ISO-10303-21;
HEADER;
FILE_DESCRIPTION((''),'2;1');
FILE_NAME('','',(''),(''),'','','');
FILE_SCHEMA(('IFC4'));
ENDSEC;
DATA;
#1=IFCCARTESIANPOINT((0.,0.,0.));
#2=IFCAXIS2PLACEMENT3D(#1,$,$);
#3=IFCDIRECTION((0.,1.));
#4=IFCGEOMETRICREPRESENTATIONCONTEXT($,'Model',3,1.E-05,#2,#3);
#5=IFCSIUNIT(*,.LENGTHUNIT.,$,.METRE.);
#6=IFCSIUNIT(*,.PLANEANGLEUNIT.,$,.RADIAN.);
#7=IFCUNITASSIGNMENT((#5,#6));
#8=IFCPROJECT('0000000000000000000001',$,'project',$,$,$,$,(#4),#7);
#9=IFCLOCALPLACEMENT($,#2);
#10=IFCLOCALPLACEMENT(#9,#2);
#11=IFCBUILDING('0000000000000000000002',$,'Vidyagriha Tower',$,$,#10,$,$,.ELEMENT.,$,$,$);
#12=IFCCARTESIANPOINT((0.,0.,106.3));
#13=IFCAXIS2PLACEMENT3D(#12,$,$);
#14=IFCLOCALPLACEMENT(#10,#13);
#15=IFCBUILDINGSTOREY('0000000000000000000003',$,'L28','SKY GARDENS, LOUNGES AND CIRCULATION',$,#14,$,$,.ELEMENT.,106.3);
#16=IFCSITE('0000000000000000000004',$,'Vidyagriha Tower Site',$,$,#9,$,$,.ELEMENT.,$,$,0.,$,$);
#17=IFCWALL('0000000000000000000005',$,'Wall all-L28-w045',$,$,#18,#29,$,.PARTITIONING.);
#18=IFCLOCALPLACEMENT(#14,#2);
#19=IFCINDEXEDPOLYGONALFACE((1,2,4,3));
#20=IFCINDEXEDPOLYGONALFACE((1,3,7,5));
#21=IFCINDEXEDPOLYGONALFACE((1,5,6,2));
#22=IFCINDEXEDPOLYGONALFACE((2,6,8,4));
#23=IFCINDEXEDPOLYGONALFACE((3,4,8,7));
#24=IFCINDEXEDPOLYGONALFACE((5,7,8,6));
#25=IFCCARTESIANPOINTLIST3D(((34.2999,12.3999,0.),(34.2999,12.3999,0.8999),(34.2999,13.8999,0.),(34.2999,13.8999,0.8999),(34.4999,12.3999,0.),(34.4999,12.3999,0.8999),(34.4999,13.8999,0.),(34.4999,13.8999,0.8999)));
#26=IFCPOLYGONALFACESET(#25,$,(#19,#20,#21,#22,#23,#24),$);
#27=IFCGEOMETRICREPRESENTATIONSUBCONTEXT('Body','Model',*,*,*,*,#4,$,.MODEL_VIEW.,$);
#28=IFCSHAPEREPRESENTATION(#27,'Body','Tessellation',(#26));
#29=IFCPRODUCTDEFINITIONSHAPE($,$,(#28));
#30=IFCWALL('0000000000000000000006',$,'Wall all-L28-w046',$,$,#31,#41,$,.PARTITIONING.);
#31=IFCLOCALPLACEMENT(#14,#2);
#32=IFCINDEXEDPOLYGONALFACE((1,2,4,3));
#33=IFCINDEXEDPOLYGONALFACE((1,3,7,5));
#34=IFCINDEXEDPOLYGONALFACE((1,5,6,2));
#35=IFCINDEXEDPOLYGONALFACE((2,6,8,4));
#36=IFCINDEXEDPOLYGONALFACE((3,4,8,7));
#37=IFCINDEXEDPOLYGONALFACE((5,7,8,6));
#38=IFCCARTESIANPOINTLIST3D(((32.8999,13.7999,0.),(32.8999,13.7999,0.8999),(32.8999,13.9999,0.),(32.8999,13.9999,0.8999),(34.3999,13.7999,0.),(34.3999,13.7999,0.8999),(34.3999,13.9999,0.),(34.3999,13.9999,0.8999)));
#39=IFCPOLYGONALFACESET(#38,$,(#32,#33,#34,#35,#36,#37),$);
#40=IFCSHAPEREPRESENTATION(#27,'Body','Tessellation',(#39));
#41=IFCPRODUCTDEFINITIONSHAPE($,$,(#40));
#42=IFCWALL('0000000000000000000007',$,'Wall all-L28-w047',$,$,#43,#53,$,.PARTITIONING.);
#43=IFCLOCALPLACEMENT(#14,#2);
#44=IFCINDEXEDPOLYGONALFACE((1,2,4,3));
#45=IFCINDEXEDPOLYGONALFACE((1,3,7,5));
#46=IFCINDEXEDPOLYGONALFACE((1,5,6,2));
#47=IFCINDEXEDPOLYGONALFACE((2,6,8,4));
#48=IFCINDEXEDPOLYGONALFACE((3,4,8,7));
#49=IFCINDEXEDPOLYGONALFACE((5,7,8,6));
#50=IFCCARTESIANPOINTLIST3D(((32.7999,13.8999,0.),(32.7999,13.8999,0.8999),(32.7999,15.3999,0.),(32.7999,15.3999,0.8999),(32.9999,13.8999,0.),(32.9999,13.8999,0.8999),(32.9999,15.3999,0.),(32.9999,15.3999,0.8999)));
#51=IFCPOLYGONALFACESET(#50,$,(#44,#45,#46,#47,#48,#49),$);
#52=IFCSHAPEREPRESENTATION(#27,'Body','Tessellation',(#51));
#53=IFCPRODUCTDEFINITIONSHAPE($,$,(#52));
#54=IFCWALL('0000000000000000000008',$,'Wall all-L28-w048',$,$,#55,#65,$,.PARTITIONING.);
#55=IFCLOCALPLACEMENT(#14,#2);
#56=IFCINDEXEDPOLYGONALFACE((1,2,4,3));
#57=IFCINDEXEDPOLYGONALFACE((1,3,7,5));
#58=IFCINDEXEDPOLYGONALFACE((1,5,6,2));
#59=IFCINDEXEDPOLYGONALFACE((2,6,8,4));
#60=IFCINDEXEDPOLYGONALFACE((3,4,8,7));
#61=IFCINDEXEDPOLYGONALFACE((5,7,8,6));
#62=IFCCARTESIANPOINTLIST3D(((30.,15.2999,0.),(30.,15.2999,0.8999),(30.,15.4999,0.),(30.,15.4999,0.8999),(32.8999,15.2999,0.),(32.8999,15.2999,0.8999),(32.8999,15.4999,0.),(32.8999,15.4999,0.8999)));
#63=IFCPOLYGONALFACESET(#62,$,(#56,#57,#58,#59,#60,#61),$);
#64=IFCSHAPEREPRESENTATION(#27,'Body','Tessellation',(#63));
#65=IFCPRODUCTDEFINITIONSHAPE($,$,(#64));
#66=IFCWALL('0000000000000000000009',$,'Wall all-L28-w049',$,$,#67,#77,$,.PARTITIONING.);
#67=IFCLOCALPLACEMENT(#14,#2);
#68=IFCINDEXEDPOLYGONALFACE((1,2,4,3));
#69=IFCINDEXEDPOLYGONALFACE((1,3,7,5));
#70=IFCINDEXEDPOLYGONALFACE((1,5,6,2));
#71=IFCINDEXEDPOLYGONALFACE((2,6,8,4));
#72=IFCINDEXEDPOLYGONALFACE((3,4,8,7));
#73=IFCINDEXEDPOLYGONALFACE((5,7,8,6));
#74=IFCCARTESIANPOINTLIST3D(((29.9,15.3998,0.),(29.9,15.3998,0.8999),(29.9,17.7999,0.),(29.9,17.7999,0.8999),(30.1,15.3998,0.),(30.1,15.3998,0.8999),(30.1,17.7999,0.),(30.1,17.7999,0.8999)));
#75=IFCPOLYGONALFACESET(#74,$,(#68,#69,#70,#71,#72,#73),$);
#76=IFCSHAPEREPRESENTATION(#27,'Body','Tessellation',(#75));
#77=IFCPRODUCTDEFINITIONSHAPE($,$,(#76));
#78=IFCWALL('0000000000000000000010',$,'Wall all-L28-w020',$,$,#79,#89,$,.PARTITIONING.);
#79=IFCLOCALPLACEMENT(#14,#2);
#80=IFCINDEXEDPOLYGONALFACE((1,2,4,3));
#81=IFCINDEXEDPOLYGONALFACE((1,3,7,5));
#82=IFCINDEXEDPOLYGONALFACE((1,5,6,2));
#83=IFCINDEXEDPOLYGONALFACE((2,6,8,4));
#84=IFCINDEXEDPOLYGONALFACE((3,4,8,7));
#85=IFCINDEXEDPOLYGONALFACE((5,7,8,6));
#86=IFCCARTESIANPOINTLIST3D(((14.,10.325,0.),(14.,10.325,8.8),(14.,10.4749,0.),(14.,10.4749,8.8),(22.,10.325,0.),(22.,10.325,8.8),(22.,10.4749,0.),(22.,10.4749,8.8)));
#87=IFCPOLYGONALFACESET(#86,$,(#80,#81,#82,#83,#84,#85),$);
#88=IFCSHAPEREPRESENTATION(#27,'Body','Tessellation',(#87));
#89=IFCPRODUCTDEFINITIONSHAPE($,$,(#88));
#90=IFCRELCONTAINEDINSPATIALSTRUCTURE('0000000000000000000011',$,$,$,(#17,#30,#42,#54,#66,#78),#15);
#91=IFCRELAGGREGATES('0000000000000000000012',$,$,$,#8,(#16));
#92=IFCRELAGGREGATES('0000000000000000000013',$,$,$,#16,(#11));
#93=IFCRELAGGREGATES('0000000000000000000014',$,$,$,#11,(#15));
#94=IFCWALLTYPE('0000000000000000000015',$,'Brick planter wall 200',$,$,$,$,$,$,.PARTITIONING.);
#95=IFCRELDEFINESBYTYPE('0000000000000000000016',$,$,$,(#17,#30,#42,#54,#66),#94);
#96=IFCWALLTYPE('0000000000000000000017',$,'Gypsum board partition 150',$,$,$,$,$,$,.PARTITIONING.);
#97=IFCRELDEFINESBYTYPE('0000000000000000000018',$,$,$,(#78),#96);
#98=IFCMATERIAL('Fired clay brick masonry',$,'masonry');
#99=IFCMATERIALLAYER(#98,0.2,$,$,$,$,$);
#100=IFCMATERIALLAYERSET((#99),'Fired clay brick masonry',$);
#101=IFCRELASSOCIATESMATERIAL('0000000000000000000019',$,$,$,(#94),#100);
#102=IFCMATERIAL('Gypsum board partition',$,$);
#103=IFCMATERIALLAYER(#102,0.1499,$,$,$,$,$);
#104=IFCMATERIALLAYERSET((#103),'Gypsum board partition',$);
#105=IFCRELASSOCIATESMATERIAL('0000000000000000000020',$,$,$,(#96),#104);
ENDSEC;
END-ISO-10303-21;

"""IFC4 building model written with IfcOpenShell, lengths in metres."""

from ifc_helpers import new_model, si_unit, direction, frame, frame_2d, origin, place, context, subcontext, project, spatial, rectangle, extrude, material, layer, layer_set, type_object, element, save


model = new_model("IFC4")

# Units and contexts
model_context = context("Model", 3, precision=1e-05, world=origin(), true_north=direction((0.0, 1.0)))
body_context = subcontext(model_context, "Body", "Model", "MODEL_VIEW")
ifc_project = project(units=[si_unit("LENGTHUNIT", "METRE"), si_unit("PLANEANGLEUNIT", "RADIAN")], contexts=[model_context])

# Site, building, storey
site_placement = place(None, origin())
site = spatial("IfcSite", under=ifc_project, at=site_placement, Name="Vidyagriha Tower Site", CompositionType="ELEMENT", RefElevation=0.0)
building_placement = place(site_placement, origin())
building = spatial("IfcBuilding", under=site, at=building_placement, Name="Vidyagriha Tower", CompositionType="ELEMENT")
storey_placement = place(building_placement, frame((0.0, 0.0, 106.3)))
storey = spatial("IfcBuildingStorey", under=building, at=storey_placement, Name="L28", Description="SKY GARDENS, LOUNGES AND CIRCULATION", CompositionType="ELEMENT", Elevation=106.3)

# Walls
ifc_material_1 = material(Name="Fired clay brick masonry", Category="masonry")
ifc_layer_1 = layer(ifc_material_1, 0.2)
ifc_layer_set_1 = layer_set([ifc_layer_1], Name="Fired clay brick masonry")
wall_type_1 = type_object("IfcWallType", Name="Brick planter wall 200", PredefinedType="PARTITIONING", material=ifc_layer_set_1)
wall_1_placement = place(storey_placement, frame((34.3999, 13.8999, 0.0), z_axis=(0.0, 0.0, 1.0), x_axis=(0.0, -1.0, 0.0)))
element("IfcWall", 1, at=wall_1_placement, inside=storey, type_object=wall_type_1, Name="Wall all-L28-w045", PredefinedType="PARTITIONING", context=body_context, shape_type="SweptSolid", body=[
    extrude(rectangle(XDim=1.5, YDim=0.2, at=frame_2d((0.75, 0.0))), origin(), (0.0, 0.0, 1.0), 0.8999),
])
wall_2_placement = place(storey_placement, frame((32.8999, 13.8999, 0.0)))
element("IfcWall", 2, at=wall_2_placement, inside=storey, type_object=wall_type_1, Name="Wall all-L28-w046", PredefinedType="PARTITIONING", context=body_context, shape_type="SweptSolid", body=[
    extrude(rectangle(XDim=1.5, YDim=0.2, at=frame_2d((0.75, 0.0))), origin(), (0.0, 0.0, 1.0), 0.8999),
])
wall_3_placement = place(storey_placement, frame((32.8999, 15.3999, 0.0), z_axis=(0.0, 0.0, 1.0), x_axis=(0.0, -1.0, 0.0)))
element("IfcWall", 3, at=wall_3_placement, inside=storey, type_object=wall_type_1, Name="Wall all-L28-w047", PredefinedType="PARTITIONING", context=body_context, shape_type="SweptSolid", body=[
    extrude(rectangle(XDim=1.5, YDim=0.2, at=frame_2d((0.75, 0.0))), origin(), (0.0, 0.0, 1.0), 0.8999),
])
wall_4_placement = place(storey_placement, frame((32.8999, 15.3999, 0.0), z_axis=(0.0, 0.0, 1.0), x_axis=(-1.0, 0.0, 0.0)))
element("IfcWall", 4, at=wall_4_placement, inside=storey, type_object=wall_type_1, Name="Wall all-L28-w048", PredefinedType="PARTITIONING", context=body_context, shape_type="SweptSolid", body=[
    extrude(rectangle(XDim=2.8999, YDim=0.2, at=frame_2d((1.45, 0.0))), origin(), (0.0, 0.0, 1.0), 0.8999),
])
wall_5_placement = place(storey_placement, frame((30.0, 17.8, 0.0), z_axis=(0.0, 0.0, 1.0), x_axis=(0.0, -1.0, 0.0)))
element("IfcWall", 5, at=wall_5_placement, inside=storey, type_object=wall_type_1, Name="Wall all-L28-w049", PredefinedType="PARTITIONING", context=body_context, shape_type="SweptSolid", body=[
    extrude(rectangle(XDim=2.4001, YDim=0.2, at=frame_2d((1.2002, 0.0))), origin(), (0.0, 0.0, 1.0), 0.8999),
])
ifc_material_2 = material(Name="Gypsum board partition")
ifc_layer_2 = layer(ifc_material_2, 0.1499)
ifc_layer_set_2 = layer_set([ifc_layer_2], Name="Gypsum board partition")
wall_type_2 = type_object("IfcWallType", Name="Gypsum board partition 150", PredefinedType="PARTITIONING", material=ifc_layer_set_2)
wall_6_placement = place(storey_placement, frame((22.0, 10.3999, 0.0), z_axis=(0.0, 0.0, 1.0), x_axis=(-1.0, 0.0, 0.0)))
element("IfcWall", 6, at=wall_6_placement, inside=storey, type_object=wall_type_2, Name="Wall all-L28-w020", PredefinedType="PARTITIONING", context=body_context, shape_type="SweptSolid", body=[
    extrude(rectangle(XDim=8.0, YDim=0.1499, at=frame_2d((4.0, 0.0))), origin(), (0.0, 0.0, 1.0), 8.8),
])

save(model, "model.ifc")
